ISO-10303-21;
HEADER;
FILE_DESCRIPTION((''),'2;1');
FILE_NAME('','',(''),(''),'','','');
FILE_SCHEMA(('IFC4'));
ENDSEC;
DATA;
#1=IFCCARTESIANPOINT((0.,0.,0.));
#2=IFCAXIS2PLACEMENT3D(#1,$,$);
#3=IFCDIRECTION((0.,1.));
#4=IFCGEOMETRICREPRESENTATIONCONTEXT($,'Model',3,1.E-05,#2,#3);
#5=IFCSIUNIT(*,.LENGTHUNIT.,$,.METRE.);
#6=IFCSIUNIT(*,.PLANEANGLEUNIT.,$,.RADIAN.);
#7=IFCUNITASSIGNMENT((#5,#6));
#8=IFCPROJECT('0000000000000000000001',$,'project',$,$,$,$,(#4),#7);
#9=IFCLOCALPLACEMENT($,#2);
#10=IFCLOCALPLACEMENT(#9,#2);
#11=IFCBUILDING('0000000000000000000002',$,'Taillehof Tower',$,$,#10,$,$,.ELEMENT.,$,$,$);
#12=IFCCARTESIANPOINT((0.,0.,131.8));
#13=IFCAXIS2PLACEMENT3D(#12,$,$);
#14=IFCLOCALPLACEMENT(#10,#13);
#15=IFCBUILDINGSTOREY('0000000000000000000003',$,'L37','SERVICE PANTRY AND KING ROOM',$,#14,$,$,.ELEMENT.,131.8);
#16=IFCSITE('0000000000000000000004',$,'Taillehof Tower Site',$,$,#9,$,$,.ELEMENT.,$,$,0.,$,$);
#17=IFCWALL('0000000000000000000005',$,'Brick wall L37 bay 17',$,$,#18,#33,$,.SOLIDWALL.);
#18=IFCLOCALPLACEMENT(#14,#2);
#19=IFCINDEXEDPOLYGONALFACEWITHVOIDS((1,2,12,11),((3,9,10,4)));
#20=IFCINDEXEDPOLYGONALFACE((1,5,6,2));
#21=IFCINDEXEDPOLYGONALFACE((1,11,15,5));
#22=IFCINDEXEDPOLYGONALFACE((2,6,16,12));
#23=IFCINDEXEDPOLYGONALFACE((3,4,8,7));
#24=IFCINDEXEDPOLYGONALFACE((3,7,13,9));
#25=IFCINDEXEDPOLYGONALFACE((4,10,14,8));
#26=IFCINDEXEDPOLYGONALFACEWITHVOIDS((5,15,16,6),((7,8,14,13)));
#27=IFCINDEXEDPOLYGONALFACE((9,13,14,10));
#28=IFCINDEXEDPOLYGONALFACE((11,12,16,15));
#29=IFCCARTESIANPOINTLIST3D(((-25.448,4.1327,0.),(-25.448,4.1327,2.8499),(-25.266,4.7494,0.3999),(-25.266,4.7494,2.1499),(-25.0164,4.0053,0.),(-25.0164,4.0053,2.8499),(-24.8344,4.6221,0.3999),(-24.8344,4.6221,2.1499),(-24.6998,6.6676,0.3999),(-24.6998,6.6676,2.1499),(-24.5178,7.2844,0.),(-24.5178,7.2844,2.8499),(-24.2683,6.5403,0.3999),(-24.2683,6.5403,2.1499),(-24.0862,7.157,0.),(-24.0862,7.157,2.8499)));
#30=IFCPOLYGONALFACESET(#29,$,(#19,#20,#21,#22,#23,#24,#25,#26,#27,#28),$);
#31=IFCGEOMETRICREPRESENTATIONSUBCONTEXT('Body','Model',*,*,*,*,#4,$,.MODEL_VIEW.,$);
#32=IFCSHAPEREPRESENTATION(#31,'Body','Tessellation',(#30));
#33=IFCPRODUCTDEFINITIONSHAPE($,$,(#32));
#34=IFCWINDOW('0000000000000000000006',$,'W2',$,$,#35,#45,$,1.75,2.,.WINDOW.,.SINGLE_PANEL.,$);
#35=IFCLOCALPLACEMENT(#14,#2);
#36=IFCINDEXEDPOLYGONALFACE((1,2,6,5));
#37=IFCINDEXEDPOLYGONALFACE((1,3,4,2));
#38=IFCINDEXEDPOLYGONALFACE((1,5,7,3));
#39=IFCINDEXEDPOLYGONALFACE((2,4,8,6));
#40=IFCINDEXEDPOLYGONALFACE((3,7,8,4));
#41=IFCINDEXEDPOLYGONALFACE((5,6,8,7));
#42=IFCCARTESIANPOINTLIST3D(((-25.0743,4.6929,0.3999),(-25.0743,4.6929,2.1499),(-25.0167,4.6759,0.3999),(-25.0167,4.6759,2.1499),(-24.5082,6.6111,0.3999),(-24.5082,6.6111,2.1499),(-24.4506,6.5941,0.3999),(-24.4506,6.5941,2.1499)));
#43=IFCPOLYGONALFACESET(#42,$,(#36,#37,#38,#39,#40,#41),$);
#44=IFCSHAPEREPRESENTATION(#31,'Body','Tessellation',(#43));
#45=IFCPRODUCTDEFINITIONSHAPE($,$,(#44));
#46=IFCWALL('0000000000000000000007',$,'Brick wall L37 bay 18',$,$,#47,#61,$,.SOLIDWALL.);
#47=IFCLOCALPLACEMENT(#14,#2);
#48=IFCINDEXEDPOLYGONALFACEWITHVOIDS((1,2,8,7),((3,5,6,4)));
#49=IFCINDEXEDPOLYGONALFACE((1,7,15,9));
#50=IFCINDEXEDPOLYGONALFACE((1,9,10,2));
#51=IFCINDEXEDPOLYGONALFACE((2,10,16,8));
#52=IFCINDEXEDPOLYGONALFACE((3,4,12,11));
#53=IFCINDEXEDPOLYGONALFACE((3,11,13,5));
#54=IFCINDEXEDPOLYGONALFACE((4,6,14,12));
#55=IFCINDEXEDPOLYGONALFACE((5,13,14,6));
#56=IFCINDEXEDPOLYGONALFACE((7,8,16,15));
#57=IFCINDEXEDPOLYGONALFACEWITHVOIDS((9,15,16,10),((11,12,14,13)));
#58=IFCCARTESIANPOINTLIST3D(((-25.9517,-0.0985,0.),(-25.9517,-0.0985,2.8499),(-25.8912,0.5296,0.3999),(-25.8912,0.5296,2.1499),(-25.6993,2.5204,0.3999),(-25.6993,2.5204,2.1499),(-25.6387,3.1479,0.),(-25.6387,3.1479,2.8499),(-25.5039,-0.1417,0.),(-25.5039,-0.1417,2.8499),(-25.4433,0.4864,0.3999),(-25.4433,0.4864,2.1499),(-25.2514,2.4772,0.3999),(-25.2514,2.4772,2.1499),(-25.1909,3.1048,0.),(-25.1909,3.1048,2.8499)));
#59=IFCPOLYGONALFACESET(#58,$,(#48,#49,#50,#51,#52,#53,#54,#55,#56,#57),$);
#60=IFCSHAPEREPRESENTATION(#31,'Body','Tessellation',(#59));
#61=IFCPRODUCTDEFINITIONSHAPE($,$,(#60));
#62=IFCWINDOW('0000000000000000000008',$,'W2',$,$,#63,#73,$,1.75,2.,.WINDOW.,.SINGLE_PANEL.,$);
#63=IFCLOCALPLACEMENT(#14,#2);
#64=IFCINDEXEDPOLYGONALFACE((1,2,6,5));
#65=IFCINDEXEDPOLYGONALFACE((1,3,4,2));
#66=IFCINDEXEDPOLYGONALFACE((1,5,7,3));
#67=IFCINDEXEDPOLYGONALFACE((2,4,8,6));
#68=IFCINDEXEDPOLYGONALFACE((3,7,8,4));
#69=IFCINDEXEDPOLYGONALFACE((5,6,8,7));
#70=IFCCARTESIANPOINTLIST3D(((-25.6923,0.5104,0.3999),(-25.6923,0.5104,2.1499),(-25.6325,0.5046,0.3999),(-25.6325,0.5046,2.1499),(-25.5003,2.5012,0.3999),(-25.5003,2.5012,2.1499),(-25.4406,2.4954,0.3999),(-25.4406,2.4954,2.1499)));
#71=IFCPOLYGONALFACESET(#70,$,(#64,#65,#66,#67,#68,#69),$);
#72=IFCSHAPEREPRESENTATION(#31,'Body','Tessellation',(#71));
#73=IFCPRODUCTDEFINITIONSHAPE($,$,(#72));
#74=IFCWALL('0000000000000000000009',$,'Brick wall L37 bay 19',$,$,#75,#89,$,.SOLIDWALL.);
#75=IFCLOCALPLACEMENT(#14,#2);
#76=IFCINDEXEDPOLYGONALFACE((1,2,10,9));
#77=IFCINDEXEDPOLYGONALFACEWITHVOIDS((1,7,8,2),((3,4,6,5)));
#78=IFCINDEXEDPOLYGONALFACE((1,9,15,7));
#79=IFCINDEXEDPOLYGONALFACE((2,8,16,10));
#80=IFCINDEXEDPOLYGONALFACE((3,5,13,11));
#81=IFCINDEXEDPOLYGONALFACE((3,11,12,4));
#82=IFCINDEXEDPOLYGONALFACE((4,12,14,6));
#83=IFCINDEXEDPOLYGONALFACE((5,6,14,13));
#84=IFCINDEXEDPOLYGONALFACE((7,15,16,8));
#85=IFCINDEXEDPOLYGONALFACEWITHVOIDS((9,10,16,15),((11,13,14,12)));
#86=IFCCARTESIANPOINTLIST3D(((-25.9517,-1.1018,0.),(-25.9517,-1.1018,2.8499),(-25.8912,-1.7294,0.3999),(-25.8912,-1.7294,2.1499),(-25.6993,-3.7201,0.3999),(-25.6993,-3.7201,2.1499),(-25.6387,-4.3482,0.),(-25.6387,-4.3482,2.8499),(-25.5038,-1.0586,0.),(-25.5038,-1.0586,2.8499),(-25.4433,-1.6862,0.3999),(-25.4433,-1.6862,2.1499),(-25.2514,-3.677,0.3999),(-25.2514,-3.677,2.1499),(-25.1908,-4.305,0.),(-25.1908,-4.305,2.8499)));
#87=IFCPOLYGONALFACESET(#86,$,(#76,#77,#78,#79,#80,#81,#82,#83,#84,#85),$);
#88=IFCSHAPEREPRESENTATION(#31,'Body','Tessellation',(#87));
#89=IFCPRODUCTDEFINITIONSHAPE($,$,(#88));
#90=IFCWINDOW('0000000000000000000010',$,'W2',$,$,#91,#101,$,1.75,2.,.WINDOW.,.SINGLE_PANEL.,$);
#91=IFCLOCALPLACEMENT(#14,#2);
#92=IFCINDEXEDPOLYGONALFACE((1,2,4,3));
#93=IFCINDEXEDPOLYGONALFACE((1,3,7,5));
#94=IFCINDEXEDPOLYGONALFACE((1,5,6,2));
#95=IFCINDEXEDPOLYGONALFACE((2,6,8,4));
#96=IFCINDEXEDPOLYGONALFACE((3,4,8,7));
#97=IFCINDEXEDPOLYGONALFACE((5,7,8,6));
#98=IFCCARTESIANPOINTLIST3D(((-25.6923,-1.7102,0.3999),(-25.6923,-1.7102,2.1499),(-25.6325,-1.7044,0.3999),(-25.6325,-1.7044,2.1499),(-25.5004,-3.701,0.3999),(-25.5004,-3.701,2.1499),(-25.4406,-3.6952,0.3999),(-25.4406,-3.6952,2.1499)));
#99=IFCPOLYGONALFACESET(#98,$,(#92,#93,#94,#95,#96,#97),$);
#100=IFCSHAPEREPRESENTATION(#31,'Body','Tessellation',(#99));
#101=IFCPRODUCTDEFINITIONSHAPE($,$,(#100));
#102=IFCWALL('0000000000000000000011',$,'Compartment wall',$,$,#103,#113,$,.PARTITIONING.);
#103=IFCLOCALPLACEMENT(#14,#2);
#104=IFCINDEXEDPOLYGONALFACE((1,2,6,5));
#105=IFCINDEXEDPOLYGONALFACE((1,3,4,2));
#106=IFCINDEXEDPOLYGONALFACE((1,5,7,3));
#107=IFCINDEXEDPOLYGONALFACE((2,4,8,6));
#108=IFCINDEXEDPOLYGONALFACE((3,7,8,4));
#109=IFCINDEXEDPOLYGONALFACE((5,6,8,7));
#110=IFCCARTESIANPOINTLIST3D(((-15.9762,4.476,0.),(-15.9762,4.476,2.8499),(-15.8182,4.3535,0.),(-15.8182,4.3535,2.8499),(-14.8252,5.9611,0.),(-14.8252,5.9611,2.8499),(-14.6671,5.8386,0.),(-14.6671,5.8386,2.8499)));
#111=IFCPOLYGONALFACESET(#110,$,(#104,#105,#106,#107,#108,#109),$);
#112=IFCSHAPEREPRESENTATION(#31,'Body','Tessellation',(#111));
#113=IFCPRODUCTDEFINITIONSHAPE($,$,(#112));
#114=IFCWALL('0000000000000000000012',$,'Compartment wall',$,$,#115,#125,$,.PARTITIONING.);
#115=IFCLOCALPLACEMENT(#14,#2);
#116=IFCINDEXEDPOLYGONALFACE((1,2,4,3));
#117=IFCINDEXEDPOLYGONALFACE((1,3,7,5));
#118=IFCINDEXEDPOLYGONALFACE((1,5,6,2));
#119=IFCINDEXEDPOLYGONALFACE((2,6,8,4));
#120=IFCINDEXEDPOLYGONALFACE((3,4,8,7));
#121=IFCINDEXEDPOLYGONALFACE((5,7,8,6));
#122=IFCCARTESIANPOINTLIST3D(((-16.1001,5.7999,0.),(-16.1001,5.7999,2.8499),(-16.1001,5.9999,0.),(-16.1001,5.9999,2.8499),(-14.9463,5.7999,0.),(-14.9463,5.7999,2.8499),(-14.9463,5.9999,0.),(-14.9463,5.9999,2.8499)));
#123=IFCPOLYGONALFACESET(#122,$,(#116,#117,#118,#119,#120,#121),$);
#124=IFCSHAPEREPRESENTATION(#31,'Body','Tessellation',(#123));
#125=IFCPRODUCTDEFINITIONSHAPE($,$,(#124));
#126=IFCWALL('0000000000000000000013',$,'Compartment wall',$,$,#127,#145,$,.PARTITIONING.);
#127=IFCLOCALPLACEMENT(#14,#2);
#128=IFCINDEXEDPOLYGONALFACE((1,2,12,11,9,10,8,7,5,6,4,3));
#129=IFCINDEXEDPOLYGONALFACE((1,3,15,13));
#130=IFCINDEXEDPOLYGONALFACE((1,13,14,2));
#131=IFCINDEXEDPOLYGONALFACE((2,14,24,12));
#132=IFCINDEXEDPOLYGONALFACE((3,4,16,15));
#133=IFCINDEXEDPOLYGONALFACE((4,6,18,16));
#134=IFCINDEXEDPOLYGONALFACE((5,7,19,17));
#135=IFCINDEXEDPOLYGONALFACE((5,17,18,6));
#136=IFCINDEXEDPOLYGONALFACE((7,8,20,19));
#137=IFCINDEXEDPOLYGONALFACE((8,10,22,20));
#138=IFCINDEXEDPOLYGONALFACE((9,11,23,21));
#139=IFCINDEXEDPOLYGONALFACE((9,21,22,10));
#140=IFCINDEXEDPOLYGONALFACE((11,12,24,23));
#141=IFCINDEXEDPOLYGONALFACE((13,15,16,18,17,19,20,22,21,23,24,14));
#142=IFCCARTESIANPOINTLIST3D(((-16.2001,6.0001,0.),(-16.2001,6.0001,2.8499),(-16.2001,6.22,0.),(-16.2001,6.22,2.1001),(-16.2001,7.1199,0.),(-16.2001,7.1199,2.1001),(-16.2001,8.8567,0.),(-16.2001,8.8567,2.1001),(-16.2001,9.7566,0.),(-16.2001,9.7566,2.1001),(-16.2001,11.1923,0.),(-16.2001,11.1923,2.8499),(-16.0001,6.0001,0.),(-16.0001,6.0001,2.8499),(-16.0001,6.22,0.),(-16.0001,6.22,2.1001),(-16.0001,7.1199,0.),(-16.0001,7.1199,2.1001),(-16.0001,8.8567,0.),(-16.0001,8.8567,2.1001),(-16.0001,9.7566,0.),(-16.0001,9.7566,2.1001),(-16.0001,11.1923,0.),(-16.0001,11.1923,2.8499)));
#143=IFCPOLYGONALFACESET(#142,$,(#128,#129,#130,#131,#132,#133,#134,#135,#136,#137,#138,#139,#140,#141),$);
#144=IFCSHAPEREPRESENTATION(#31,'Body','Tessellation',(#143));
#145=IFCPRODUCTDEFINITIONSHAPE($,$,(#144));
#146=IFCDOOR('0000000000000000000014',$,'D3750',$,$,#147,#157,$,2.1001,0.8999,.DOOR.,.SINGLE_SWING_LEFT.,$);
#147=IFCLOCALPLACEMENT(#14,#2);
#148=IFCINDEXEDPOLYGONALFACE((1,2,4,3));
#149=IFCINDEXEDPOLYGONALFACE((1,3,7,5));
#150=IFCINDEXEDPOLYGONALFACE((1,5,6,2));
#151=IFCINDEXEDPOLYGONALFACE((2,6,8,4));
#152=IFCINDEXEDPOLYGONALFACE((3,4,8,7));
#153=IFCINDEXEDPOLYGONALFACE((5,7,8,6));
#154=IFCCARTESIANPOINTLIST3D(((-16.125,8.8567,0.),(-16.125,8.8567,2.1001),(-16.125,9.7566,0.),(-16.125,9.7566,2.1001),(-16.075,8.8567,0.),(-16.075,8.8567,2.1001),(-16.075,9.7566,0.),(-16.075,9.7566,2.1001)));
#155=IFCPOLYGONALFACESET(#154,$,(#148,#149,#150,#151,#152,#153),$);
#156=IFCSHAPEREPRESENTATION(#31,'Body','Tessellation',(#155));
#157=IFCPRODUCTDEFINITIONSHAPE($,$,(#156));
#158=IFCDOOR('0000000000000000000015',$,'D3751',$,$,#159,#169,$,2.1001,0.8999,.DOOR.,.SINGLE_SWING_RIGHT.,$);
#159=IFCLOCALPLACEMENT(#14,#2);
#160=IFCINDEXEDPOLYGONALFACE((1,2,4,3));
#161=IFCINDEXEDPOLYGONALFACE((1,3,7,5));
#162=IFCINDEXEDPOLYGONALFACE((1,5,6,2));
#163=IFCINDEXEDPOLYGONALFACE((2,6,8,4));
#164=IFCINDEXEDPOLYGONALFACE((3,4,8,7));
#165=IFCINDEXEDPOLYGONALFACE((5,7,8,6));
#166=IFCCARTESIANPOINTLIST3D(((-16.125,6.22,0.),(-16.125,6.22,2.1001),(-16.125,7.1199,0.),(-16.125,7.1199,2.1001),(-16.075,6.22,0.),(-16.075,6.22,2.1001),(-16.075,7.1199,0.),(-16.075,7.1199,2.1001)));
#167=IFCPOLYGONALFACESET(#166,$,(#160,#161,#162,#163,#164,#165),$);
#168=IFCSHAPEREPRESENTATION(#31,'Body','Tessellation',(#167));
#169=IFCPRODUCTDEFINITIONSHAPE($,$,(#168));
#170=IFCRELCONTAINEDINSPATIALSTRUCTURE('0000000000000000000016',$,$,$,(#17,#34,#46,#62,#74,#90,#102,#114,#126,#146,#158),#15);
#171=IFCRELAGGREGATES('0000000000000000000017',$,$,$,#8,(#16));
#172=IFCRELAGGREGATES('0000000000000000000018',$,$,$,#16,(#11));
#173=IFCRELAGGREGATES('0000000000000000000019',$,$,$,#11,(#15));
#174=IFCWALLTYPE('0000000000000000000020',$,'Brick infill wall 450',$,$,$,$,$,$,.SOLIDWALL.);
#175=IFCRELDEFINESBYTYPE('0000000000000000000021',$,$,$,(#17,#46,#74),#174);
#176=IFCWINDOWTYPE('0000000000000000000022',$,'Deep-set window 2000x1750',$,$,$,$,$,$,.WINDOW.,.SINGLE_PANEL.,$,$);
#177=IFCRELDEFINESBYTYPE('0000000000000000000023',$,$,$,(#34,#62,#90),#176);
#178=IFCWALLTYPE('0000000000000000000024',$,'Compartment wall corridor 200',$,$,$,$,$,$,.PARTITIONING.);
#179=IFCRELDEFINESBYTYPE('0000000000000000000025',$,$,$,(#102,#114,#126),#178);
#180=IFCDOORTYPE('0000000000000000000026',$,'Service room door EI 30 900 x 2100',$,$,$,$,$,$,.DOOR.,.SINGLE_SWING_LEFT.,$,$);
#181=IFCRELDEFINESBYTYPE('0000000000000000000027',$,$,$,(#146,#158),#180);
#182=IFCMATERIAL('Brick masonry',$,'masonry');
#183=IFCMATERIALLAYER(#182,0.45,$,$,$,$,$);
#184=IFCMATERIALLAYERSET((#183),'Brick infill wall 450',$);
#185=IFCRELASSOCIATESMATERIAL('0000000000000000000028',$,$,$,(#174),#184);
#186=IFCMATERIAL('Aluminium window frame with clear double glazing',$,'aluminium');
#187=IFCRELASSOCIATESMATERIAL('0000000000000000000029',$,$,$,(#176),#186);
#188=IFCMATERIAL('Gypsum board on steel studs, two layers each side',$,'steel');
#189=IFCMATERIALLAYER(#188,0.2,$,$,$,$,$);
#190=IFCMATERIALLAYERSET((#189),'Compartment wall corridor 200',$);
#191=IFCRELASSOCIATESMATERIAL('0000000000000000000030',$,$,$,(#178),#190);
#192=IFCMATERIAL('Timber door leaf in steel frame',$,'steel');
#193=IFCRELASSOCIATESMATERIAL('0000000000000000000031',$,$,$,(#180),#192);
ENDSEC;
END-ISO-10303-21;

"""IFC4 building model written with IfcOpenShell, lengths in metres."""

from ifc_helpers import new_model, si_unit, direction, frame, frame_2d, origin, place, context, subcontext, project, spatial, rectangle, extrude, material, layer, layer_set, type_object, element, fill, save


model = new_model("IFC4")

# Units and contexts
model_context = context("Model", 3, precision=1e-05, world=origin(), true_north=direction((0.0, 1.0)))
body_context = subcontext(model_context, "Body", "Model", "MODEL_VIEW")
ifc_project = project(units=[si_unit("LENGTHUNIT", "METRE"), si_unit("PLANEANGLEUNIT", "RADIAN")], contexts=[model_context])

# Site, building, storey
site_placement = place(None, origin())
site = spatial("IfcSite", under=ifc_project, at=site_placement, Name="Taillehof Tower Site", CompositionType="ELEMENT", RefElevation=0.0)
building_placement = place(site_placement, origin())
building = spatial("IfcBuilding", under=site, at=building_placement, Name="Taillehof Tower", CompositionType="ELEMENT")
storey_placement = place(building_placement, frame((0.0, 0.0, 131.8)))
storey = spatial("IfcBuildingStorey", under=building, at=storey_placement, Name="L37", Description="SERVICE PANTRY AND KING ROOM", CompositionType="ELEMENT", Elevation=131.8)

# Walls, openings, windows
ifc_material_1 = material(Name="Brick masonry", Category="masonry")
ifc_layer_1 = layer(ifc_material_1, 0.45)
ifc_layer_set_1 = layer_set([ifc_layer_1], Name="Brick infill wall 450")
wall_type_1 = type_object("IfcWallType", Name="Brick infill wall 450", PredefinedType="SOLIDWALL", material=ifc_layer_set_1)
wall_1_placement = place(storey_placement, frame((-24.302, 7.2207, 0.0), z_axis=(0.0, 0.0, 1.0), x_axis=(-0.283071, -0.959099, 0.0)))
wall_1 = element("IfcWall", 1, at=wall_1_placement, inside=storey, type_object=wall_type_1, Name="Brick wall L37 bay 17", PredefinedType="SOLIDWALL", context=body_context, shape_type="SweptSolid", body=[
    extrude(rectangle(XDim=3.2861, YDim=0.45, at=frame_2d((1.6431, 0.0))), origin(), (0.0, 0.0, 1.0), 2.8499),
])
opening_1_placement = place(wall_1_placement, frame((0.6431, 0.0, 0.3999)))
opening_1 = element("IfcOpeningElement", 2, at=opening_1_placement, cuts=wall_1, PredefinedType="OPENING", context=body_context, shape_type="SweptSolid", body=[
    extrude(rectangle(XDim=2.0, YDim=1.75, at=frame_2d((1.0, 0.875))), frame((0.0, 0.2349, 0.0), z_axis=(0.0, -1.0, 0.0), x_axis=(1.0, 0.0, 0.0)), (0.0, 0.0, 1.0), 0.47),
])
ifc_material_2 = material(Name="Aluminium window frame with clear double glazing", Category="aluminium")
window_type = type_object("IfcWindowType", Name="Deep-set window 2000x1750", PartitioningType="SINGLE_PANEL", PredefinedType="WINDOW", material=ifc_material_2)
window_1_placement = place(opening_1_placement, origin())
window_1 = element("IfcWindow", 3, at=window_1_placement, inside=storey, type_object=window_type, Name="W2", OverallHeight=1.75, OverallWidth=2.0, PartitioningType="SINGLE_PANEL", PredefinedType="WINDOW", context=body_context, shape_type="SweptSolid", body=[
    extrude(rectangle(XDim=2.0, YDim=1.75, at=frame_2d((1.0, 0.875))), frame((0.0, 0.0349, 0.0), z_axis=(0.0, -1.0, 0.0), x_axis=(1.0, 0.0, 0.0)), (0.0, 0.0, 1.0), 0.0601),
])
fill(opening_1, window_1)
wall_2_placement = place(storey_placement, frame((-25.4148, 3.1265, 0.0), z_axis=(0.0, 0.0, 1.0), x_axis=(-0.095968, -0.995384, 0.0)))
wall_2 = element("IfcWall", 4, at=wall_2_placement, inside=storey, type_object=wall_type_1, Name="Brick wall L37 bay 18", PredefinedType="SOLIDWALL", context=body_context, shape_type="SweptSolid", body=[
    extrude(rectangle(XDim=3.2615, YDim=0.45, at=frame_2d((1.6309, 0.0))), origin(), (0.0, 0.0, 1.0), 2.8499),
])
opening_2_placement = place(wall_2_placement, frame((0.6306, 0.0, 0.3999)))
opening_2 = element("IfcOpeningElement", 5, at=opening_2_placement, cuts=wall_2, PredefinedType="OPENING", context=body_context, shape_type="SweptSolid", body=[
    extrude(rectangle(XDim=2.0, YDim=1.75, at=frame_2d((1.0, 0.875))), frame((0.0, 0.2349, 0.0), z_axis=(0.0, -1.0, 0.0), x_axis=(1.0, 0.0, 0.0)), (0.0, 0.0, 1.0), 0.47),
])
window_2_placement = place(opening_2_placement, origin())
window_2 = element("IfcWindow", 6, at=window_2_placement, inside=storey, type_object=window_type, Name="W2", OverallHeight=1.75, OverallWidth=2.0, PartitioningType="SINGLE_PANEL", PredefinedType="WINDOW", context=body_context, shape_type="SweptSolid", body=[
    extrude(rectangle(XDim=2.0, YDim=1.75, at=frame_2d((1.0, 0.875))), frame((0.0, 0.0349, 0.0), z_axis=(0.0, -1.0, 0.0), x_axis=(1.0, 0.0, 0.0)), (0.0, 0.0, 1.0), 0.0601),
])
fill(opening_2, window_2)
wall_3_placement = place(storey_placement, frame((-25.7278, -1.0801, 0.0), z_axis=(0.0, 0.0, 1.0), x_axis=(0.095968, -0.995384, 0.0)))
wall_3 = element("IfcWall", 7, at=wall_3_placement, inside=storey, type_object=wall_type_1, Name="Brick wall L37 bay 19", PredefinedType="SOLIDWALL", context=body_context, shape_type="SweptSolid", body=[
    extrude(rectangle(XDim=3.2615, YDim=0.45, at=frame_2d((1.6309, 0.0))), origin(), (0.0, 0.0, 1.0), 2.8499),
])
opening_3_placement = place(wall_3_placement, frame((0.6306, 0.0, 0.3999)))
opening_3 = element("IfcOpeningElement", 8, at=opening_3_placement, cuts=wall_3, PredefinedType="OPENING", context=body_context, shape_type="SweptSolid", body=[
    extrude(rectangle(XDim=2.0, YDim=1.75, at=frame_2d((1.0, 0.875))), frame((0.0, 0.2349, 0.0), z_axis=(0.0, -1.0, 0.0), x_axis=(1.0, 0.0, 0.0)), (0.0, 0.0, 1.0), 0.47),
])
window_3_placement = place(opening_3_placement, origin())
window_3 = element("IfcWindow", 9, at=window_3_placement, inside=storey, type_object=window_type, Name="W2", OverallHeight=1.75, OverallWidth=2.0, PartitioningType="SINGLE_PANEL", PredefinedType="WINDOW", context=body_context, shape_type="SweptSolid", body=[
    extrude(rectangle(XDim=2.0, YDim=1.75, at=frame_2d((1.0, 0.875))), frame((0.0, 0.0349, 0.0), z_axis=(0.0, -1.0, 0.0), x_axis=(1.0, 0.0, 0.0)), (0.0, 0.0, 1.0), 0.0601),
])
fill(opening_3, window_3)

# Walls
ifc_material_3 = material(Name="Gypsum board on steel studs, two layers each side", Category="steel")
ifc_layer_2 = layer(ifc_material_3, 0.2)
ifc_layer_set_2 = layer_set([ifc_layer_2], Name="Compartment wall corridor 200")
wall_type_2 = type_object("IfcWallType", Name="Compartment wall corridor 200", PredefinedType="PARTITIONING", material=ifc_layer_set_2)
wall_4_placement = place(storey_placement, frame((-15.8972, 4.4148, 0.0), z_axis=(0.0, 0.0, 1.0), x_axis=(0.612626, 0.790373, 0.0)))
element("IfcWall", 10, at=wall_4_placement, inside=storey, type_object=wall_type_2, Name="Compartment wall", PredefinedType="PARTITIONING", context=body_context, shape_type="SweptSolid", body=[
    extrude(rectangle(XDim=1.8789, YDim=0.2, at=frame_2d((0.9395, 0.0))), origin(), (0.0, 0.0, 1.0), 2.8499),
])
wall_5_placement = place(storey_placement, frame((-14.9463, 5.8999, 0.0), z_axis=(0.0, 0.0, 1.0), x_axis=(-1.0, 0.0, 0.0)))
element("IfcWall", 11, at=wall_5_placement, inside=storey, type_object=wall_type_2, Name="Compartment wall", PredefinedType="PARTITIONING", context=body_context, shape_type="SweptSolid", body=[
    extrude(rectangle(XDim=1.1538, YDim=0.2, at=frame_2d((0.5769, 0.0))), origin(), (0.0, 0.0, 1.0), 2.8499),
])

# Wall, openings, doors
wall_6_placement = place(storey_placement, frame((-16.1001, 6.0, 0.0), z_axis=(0.0, 0.0, 1.0), x_axis=(0.0, 1.0, 0.0)))
wall_6 = element("IfcWall", 12, at=wall_6_placement, inside=storey, type_object=wall_type_2, Name="Compartment wall", PredefinedType="PARTITIONING", context=body_context, shape_type="SweptSolid", body=[
    extrude(rectangle(XDim=5.1921, YDim=0.2, at=frame_2d((2.5962, 0.0))), origin(), (0.0, 0.0, 1.0), 2.8499),
])
opening_4_placement = place(wall_6_placement, frame((2.8567, 0.0, 0.0)))
opening_4 = element("IfcOpeningElement", 13, at=opening_4_placement, cuts=wall_6, PredefinedType="OPENING", context=body_context, shape_type="SweptSolid", body=[
    extrude(rectangle(XDim=0.8999, YDim=2.1001, at=frame_2d((0.45, 1.05))), frame((0.0, 0.1099, 0.0), z_axis=(0.0, -1.0, 0.0), x_axis=(1.0, 0.0, 0.0)), (0.0, 0.0, 1.0), 0.22),
])
opening_5_placement = place(wall_6_placement, frame((0.22, 0.0, 0.0)))
opening_5 = element("IfcOpeningElement", 14, at=opening_5_placement, cuts=wall_6, PredefinedType="OPENING", context=body_context, shape_type="SweptSolid", body=[
    extrude(rectangle(XDim=0.8999, YDim=2.1001, at=frame_2d((0.45, 1.05))), frame((0.0, 0.1099, 0.0), z_axis=(0.0, -1.0, 0.0), x_axis=(1.0, 0.0, 0.0)), (0.0, 0.0, 1.0), 0.22),
])
ifc_material_4 = material(Name="Timber door leaf in steel frame", Category="steel")
door_type = type_object("IfcDoorType", Name="Service room door EI 30 900 x 2100", OperationType="SINGLE_SWING_LEFT", PredefinedType="DOOR", material=ifc_material_4)
door_1_placement = place(opening_4_placement, origin())
door_1 = element("IfcDoor", 15, at=door_1_placement, inside=storey, type_object=door_type, Name="D3750", OperationType="SINGLE_SWING_LEFT", OverallHeight=2.1001, OverallWidth=0.8999, PredefinedType="DOOR", context=body_context, shape_type="SweptSolid", body=[
    extrude(rectangle(XDim=0.8999, YDim=2.1001, at=frame_2d((0.45, 1.05))), frame((0.0, 0.0249, 0.0), z_axis=(0.0, -1.0, 0.0), x_axis=(1.0, 0.0, 0.0)), (0.0, 0.0, 1.0), 0.05),
])
fill(opening_4, door_1)
door_2_placement = place(opening_5_placement, origin())
door_2 = element("IfcDoor", 16, at=door_2_placement, inside=storey, type_object=door_type, Name="D3751", OperationType="SINGLE_SWING_RIGHT", OverallHeight=2.1001, OverallWidth=0.8999, PredefinedType="DOOR", context=body_context, shape_type="SweptSolid", body=[
    extrude(rectangle(XDim=0.8999, YDim=2.1001, at=frame_2d((0.45, 1.05))), frame((0.0, 0.0249, 0.0), z_axis=(0.0, -1.0, 0.0), x_axis=(1.0, 0.0, 0.0)), (0.0, 0.0, 1.0), 0.05),
])
fill(opening_5, door_2)

save(model, "model.ifc")
